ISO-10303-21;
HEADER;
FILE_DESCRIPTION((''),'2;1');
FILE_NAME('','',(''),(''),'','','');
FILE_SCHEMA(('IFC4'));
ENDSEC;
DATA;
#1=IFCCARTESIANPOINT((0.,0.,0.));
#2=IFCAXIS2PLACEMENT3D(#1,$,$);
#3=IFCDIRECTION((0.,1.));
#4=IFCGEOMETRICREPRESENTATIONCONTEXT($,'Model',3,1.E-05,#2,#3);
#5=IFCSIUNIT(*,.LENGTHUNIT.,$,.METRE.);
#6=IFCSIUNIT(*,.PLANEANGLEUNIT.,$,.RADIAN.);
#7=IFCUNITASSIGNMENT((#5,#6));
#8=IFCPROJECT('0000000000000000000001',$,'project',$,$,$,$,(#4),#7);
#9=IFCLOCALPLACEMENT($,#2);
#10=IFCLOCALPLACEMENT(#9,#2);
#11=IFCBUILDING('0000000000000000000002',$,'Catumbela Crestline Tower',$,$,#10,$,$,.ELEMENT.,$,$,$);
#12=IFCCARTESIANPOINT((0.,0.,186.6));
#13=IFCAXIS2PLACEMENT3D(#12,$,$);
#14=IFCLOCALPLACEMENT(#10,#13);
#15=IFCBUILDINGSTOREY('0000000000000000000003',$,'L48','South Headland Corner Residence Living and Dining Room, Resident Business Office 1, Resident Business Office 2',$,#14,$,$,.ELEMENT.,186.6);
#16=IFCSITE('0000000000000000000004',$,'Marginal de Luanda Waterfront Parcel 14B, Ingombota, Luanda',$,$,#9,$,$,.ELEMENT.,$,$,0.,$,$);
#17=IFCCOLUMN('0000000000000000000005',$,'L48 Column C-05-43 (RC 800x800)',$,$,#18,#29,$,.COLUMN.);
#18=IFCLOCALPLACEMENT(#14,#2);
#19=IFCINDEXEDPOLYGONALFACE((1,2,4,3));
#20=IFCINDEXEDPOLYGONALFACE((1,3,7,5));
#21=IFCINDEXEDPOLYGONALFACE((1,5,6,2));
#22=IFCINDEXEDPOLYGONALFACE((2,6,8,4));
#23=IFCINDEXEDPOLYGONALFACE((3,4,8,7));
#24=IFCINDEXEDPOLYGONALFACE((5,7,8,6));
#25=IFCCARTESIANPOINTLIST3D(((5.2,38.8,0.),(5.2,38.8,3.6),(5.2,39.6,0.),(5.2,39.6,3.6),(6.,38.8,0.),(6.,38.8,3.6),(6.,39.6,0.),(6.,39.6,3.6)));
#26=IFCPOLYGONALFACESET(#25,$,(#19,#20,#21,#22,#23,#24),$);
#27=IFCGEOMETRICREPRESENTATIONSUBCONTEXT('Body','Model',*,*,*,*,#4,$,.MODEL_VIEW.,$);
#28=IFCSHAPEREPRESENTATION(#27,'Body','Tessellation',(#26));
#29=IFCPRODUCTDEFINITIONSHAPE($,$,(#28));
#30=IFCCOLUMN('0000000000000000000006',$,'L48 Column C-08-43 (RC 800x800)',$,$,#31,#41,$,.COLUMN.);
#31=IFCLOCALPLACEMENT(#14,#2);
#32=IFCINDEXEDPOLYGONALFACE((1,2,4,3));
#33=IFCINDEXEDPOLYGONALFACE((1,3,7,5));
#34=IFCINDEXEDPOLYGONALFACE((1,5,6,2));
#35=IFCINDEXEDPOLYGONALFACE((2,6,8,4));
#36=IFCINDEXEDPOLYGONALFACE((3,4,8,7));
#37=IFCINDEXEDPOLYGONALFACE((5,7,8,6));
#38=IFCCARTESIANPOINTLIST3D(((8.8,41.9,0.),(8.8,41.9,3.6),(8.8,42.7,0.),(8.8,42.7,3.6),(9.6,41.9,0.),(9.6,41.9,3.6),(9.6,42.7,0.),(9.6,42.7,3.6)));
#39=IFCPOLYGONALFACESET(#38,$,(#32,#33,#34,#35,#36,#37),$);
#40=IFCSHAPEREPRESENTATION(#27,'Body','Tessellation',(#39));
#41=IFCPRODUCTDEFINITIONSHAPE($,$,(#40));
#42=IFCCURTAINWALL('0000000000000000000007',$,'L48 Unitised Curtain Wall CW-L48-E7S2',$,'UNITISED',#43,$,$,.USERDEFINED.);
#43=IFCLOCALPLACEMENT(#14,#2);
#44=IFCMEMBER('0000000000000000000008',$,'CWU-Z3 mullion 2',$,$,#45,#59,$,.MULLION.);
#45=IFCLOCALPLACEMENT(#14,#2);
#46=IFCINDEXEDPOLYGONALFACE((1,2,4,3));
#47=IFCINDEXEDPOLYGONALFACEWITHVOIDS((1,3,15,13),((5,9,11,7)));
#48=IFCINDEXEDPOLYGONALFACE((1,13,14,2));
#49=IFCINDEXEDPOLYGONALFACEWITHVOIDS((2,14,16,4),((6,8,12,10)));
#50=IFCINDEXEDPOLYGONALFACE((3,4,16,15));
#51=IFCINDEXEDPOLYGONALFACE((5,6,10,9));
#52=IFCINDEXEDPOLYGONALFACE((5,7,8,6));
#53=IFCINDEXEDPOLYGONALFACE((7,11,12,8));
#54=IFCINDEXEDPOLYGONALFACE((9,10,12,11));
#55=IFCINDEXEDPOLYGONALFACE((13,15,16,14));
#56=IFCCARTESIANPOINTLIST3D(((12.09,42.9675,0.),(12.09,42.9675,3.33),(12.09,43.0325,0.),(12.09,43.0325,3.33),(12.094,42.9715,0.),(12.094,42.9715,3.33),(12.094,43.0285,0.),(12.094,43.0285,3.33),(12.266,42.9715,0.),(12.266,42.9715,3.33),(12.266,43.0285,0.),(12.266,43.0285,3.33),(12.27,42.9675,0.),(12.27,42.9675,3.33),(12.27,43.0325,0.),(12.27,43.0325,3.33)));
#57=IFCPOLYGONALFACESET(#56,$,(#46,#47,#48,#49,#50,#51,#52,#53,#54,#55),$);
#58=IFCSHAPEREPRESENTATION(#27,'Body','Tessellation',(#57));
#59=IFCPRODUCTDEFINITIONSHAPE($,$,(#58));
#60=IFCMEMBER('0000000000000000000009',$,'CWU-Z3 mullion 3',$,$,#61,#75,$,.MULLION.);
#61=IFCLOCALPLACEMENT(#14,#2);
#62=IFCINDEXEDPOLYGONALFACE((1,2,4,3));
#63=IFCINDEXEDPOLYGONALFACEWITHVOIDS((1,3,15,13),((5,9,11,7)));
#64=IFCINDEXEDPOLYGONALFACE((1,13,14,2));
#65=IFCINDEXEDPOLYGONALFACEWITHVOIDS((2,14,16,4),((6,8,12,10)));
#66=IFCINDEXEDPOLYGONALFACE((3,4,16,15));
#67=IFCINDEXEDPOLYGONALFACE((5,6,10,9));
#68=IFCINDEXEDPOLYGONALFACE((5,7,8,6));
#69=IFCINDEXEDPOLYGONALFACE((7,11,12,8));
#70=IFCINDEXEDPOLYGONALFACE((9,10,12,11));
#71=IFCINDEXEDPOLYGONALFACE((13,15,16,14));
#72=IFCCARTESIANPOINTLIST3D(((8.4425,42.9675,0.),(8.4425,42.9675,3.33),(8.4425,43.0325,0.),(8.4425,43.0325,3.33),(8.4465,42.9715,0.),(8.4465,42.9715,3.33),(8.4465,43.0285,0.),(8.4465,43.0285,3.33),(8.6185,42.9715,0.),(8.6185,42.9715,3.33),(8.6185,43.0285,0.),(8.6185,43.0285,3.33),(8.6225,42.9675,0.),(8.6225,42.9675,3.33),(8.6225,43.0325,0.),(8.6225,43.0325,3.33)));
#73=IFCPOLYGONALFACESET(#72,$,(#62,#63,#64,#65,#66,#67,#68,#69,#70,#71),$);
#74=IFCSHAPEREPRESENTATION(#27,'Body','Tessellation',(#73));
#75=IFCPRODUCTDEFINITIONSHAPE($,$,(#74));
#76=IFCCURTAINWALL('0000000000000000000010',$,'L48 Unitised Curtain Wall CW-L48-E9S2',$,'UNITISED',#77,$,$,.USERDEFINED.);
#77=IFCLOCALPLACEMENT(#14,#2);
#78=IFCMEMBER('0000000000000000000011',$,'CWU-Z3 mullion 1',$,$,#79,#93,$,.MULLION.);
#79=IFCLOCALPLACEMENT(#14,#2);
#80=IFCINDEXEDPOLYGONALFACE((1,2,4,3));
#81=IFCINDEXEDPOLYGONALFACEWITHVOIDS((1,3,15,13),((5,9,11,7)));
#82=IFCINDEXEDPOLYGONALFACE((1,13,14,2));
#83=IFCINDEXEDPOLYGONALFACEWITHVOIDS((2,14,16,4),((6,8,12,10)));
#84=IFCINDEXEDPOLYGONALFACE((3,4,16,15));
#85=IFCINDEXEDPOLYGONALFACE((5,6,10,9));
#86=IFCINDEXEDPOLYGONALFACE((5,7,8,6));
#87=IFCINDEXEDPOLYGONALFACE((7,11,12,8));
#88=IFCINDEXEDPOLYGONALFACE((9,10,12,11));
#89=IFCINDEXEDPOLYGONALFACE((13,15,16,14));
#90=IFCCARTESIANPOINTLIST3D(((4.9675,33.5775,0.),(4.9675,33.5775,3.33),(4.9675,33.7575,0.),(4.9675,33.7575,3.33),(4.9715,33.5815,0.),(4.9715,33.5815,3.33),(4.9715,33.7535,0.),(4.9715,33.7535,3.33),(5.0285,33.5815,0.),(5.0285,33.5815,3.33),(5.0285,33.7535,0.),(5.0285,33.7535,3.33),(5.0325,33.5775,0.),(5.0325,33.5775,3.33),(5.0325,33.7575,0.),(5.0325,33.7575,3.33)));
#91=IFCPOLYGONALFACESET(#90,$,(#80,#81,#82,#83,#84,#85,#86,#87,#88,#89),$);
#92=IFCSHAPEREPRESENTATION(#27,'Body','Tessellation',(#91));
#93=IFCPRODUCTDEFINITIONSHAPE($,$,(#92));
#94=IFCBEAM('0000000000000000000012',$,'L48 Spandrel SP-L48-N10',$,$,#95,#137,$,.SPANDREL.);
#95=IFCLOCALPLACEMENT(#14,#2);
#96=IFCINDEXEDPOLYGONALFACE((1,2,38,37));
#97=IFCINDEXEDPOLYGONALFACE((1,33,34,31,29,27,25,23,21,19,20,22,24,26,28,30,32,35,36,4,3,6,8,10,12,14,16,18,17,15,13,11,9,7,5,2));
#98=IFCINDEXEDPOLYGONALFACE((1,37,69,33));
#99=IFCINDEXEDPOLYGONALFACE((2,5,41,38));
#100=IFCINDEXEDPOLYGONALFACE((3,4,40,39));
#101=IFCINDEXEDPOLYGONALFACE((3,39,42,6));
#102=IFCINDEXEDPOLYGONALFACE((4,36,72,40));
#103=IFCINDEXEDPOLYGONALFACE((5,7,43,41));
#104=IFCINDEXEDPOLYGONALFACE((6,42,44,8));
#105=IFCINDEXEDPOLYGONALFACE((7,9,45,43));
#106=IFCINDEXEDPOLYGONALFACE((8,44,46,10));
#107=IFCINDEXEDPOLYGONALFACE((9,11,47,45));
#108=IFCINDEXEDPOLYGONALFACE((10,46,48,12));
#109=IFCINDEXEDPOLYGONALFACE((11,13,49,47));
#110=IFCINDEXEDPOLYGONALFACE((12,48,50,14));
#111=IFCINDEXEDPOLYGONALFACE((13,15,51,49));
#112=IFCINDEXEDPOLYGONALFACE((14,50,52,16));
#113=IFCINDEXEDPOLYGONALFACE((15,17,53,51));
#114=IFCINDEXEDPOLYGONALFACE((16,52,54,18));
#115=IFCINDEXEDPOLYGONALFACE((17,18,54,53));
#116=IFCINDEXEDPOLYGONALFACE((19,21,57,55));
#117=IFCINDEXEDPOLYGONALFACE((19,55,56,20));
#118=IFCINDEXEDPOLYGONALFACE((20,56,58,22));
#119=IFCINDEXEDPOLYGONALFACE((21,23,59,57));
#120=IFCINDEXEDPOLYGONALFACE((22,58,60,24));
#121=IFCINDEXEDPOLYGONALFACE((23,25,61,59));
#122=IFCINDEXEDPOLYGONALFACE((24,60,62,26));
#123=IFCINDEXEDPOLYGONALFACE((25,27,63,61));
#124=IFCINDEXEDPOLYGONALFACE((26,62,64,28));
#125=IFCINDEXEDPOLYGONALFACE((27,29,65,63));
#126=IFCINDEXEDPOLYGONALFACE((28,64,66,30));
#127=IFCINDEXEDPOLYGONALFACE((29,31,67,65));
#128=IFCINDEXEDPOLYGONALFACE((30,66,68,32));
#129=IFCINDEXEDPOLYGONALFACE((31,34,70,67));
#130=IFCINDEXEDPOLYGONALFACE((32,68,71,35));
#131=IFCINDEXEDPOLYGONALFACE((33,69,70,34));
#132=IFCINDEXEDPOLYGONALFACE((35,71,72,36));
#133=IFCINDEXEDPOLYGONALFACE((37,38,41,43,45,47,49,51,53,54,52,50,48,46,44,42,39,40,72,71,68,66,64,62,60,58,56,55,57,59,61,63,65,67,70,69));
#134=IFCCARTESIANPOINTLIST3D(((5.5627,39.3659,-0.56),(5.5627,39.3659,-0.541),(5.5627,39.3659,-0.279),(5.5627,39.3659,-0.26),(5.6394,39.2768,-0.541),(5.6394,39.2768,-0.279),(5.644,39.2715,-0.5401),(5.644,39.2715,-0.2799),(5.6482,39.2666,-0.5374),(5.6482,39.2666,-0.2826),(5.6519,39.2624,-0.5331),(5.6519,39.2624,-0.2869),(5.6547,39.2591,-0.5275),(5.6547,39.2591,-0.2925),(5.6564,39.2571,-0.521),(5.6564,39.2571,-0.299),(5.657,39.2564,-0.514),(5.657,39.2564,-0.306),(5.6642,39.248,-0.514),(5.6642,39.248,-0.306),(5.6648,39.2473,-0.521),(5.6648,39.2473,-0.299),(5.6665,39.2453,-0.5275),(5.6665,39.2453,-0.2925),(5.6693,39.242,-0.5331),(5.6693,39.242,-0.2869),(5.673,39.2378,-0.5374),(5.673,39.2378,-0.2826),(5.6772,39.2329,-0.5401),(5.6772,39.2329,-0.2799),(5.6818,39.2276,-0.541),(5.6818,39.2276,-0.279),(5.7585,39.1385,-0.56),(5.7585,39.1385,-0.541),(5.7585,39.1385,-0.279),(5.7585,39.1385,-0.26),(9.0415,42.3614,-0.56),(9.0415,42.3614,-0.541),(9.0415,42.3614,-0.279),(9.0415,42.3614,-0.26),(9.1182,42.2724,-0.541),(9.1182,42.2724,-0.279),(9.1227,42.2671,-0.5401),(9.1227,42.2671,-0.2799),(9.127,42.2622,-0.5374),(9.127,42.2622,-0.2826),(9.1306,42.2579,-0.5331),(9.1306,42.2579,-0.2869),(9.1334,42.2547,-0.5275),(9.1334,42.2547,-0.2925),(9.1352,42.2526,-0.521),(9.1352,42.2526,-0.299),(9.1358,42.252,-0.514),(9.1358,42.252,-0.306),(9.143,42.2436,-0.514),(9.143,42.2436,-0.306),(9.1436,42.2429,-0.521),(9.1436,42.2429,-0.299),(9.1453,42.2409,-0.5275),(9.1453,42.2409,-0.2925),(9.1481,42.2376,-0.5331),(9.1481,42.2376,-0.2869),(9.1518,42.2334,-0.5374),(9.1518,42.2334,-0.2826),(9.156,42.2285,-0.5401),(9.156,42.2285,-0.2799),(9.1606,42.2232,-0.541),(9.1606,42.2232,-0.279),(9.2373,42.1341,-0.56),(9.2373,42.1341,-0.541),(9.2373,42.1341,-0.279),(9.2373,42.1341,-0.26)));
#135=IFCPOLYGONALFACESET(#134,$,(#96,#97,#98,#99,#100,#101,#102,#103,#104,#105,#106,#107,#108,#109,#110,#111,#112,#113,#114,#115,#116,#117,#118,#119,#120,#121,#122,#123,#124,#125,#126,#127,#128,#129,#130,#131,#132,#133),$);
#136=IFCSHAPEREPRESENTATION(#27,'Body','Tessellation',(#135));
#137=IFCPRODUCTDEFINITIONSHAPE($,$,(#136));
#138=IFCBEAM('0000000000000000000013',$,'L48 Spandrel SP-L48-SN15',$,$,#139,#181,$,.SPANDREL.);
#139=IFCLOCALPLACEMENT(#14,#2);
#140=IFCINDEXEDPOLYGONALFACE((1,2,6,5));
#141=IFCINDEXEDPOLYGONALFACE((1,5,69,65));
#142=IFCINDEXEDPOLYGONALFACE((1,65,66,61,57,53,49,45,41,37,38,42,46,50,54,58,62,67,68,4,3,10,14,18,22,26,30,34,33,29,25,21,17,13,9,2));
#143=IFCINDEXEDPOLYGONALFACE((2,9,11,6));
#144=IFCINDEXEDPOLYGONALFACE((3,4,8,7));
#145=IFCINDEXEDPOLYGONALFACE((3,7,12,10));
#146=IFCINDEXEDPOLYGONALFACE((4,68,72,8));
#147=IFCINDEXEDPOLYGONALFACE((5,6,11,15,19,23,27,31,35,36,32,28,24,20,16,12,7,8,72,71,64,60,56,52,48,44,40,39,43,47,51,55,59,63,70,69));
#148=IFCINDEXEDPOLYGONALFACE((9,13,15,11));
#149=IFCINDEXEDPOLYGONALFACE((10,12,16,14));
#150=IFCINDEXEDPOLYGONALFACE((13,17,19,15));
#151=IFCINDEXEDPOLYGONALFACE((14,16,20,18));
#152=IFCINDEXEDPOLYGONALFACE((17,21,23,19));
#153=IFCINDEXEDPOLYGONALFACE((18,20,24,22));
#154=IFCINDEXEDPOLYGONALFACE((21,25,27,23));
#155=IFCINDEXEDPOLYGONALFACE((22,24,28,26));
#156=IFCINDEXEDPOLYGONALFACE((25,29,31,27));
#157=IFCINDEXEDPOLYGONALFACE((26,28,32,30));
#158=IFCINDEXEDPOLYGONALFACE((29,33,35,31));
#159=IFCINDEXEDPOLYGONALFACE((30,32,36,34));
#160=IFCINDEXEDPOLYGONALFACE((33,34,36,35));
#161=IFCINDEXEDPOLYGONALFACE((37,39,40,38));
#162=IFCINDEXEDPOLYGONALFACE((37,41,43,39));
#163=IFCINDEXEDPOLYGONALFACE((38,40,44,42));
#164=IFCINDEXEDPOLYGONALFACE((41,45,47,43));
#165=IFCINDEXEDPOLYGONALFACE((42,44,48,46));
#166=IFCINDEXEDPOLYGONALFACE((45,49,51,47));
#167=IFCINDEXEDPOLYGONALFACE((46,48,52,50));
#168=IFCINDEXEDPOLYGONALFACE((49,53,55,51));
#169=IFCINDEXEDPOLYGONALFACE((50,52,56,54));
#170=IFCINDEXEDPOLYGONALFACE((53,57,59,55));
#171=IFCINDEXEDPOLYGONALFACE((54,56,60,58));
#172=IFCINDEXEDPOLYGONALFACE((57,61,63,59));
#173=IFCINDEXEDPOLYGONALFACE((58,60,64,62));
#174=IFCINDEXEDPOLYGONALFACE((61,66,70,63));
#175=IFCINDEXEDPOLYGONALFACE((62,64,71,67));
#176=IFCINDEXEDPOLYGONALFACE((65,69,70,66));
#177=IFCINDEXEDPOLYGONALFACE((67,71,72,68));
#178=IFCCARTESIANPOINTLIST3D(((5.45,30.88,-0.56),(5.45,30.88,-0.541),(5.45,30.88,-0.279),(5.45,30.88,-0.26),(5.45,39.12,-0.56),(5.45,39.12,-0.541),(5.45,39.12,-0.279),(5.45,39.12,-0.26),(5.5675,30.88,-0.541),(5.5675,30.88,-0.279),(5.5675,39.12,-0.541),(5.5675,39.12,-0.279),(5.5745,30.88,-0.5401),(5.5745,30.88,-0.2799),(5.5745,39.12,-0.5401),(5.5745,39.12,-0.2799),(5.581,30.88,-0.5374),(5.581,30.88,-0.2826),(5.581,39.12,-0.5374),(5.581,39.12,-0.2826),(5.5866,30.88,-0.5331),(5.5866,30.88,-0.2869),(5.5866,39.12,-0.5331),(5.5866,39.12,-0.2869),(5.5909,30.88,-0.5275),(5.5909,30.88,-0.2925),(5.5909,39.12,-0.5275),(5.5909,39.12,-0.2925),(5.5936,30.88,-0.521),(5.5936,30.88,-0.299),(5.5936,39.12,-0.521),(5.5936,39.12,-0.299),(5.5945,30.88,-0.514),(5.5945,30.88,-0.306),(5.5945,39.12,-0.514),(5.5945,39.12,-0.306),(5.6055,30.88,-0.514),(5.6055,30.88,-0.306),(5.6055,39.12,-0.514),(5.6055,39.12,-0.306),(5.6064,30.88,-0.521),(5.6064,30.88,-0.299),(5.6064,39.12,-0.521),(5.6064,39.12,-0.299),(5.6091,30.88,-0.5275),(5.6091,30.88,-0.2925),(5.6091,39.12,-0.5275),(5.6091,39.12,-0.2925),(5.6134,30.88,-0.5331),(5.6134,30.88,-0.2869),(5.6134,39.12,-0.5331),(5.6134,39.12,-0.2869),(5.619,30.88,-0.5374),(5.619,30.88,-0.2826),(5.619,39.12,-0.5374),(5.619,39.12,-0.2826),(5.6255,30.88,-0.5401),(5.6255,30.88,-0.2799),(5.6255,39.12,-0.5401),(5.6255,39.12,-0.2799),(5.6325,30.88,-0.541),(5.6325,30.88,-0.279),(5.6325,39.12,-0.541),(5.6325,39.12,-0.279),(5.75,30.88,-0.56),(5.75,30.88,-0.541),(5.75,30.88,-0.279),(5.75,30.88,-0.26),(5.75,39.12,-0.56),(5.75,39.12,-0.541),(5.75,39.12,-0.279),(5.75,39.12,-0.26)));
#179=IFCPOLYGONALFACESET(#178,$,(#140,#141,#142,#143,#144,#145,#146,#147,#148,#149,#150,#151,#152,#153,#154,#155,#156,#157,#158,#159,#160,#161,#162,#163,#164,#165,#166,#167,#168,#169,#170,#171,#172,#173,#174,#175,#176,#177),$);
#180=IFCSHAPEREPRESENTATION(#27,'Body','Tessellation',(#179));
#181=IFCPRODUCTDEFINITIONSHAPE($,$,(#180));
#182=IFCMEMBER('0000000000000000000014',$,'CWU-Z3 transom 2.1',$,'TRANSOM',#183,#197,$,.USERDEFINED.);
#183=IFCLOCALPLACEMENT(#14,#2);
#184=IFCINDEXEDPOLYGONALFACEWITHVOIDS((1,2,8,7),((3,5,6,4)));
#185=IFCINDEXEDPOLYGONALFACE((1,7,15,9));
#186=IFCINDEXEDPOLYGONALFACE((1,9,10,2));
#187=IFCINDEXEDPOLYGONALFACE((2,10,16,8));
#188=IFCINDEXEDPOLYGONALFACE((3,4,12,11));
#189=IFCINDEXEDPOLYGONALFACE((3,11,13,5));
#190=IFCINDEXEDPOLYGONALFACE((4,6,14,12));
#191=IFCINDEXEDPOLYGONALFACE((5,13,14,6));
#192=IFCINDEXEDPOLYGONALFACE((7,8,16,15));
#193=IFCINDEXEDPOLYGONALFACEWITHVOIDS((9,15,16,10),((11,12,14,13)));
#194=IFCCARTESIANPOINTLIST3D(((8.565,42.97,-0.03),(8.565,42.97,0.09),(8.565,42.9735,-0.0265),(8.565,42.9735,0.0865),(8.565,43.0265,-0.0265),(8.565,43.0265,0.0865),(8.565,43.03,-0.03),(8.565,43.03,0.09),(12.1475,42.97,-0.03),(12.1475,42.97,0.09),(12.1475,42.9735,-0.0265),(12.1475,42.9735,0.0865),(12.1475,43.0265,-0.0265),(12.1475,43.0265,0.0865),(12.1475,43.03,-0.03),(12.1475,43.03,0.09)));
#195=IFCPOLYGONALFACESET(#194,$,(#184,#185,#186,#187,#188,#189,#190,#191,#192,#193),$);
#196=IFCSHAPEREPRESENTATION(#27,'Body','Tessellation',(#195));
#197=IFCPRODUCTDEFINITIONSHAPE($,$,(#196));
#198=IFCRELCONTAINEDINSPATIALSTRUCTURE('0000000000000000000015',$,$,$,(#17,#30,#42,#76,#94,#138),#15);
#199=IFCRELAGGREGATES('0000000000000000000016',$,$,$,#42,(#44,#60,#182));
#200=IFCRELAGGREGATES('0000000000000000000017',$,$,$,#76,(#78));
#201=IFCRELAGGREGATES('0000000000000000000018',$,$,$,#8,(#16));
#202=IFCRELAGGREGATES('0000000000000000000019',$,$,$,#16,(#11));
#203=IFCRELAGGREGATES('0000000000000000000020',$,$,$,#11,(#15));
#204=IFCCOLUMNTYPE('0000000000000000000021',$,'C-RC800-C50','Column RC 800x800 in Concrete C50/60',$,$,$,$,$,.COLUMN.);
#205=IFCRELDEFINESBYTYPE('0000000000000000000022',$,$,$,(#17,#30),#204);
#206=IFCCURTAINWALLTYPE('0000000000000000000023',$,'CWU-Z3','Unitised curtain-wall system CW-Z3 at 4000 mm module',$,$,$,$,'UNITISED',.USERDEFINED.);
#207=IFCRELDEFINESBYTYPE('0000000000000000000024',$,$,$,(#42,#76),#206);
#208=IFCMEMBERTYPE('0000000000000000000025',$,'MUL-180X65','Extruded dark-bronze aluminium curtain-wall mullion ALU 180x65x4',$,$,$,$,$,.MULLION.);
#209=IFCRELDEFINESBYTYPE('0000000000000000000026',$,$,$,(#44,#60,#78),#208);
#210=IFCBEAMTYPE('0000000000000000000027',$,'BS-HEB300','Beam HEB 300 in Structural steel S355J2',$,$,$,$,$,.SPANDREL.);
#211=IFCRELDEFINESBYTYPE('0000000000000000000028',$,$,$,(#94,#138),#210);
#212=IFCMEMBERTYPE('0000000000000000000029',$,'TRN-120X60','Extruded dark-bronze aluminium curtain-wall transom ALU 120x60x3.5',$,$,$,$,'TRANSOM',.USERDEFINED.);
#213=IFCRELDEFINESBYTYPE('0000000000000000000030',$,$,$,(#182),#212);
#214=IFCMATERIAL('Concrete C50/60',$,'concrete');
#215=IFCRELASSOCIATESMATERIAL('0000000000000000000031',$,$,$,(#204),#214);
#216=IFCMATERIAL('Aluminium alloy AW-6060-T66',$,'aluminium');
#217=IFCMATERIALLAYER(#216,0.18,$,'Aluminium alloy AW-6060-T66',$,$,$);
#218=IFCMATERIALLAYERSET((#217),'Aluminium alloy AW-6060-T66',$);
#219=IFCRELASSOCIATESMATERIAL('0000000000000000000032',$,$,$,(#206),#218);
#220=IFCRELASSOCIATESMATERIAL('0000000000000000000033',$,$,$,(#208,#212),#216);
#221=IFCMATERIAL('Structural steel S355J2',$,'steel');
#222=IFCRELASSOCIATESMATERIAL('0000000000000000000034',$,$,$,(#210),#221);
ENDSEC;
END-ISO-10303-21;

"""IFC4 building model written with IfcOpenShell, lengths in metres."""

from ifc_helpers import new_model, si_unit, direction, frame, origin, origin_2d, place, context, subcontext, project, spatial, rectangle, hollow_rectangle, i_section, extrude, material, layer, layer_set, material_profile, profile_set, type_object, element, aggregate, save


model = new_model("IFC4")

# Units and contexts
model_context = context("Model", 3, precision=1e-05, world=origin(), true_north=direction((0.0, 1.0)))
body_context = subcontext(model_context, "Body", "Model", "MODEL_VIEW")
ifc_project = project(units=[si_unit("LENGTHUNIT", "METRE"), si_unit("PLANEANGLEUNIT", "RADIAN")], contexts=[model_context])

# Site, building, storey
site_placement = place(None, origin())
site = spatial("IfcSite", under=ifc_project, at=site_placement, Name="Marginal de Luanda Waterfront Parcel 14B, Ingombota, Luanda", CompositionType="ELEMENT", RefElevation=0.0)
building_placement = place(site_placement, origin())
building = spatial("IfcBuilding", under=site, at=building_placement, Name="Catumbela Crestline Tower", CompositionType="ELEMENT")
storey_placement = place(building_placement, frame((0.0, 0.0, 186.6)))
storey = spatial("IfcBuildingStorey", under=building, at=storey_placement, Name="L48", Description="South Headland Corner Residence Living and Dining Room, Resident Business Office 1, Resident Business Office 2", CompositionType="ELEMENT", Elevation=186.6)

# Columns
ifc_material_1 = material(Name="Concrete C50/60", Category="concrete")
ifc_material_profile_1 = material_profile(ifc_material_1, rectangle(XDim=0.8, YDim=0.8, at=origin_2d()), Name="RC 800x800")
ifc_profile_set_1 = profile_set([ifc_material_profile_1], Name="Concrete C50/60")
column_type = type_object("IfcColumnType", Name="C-RC800-C50", Description="Column RC 800x800 in Concrete C50/60", PredefinedType="COLUMN", material=ifc_profile_set_1)
for number, where, z_axis, x_axis, name in (
    (1, (5.6, 39.2, 0.0), (0.0, 0.0, 1.0), (1.0, 0.0, 0.0), "L48 Column C-05-43 (RC 800x800)"),
    (2, (9.2, 42.3, 0.0), (0.0, 0.0, 1.0), (1.0, 0.0, 0.0), "L48 Column C-08-43 (RC 800x800)"),
):
    element("IfcColumn", number, at=place(storey_placement, frame(where, z_axis=z_axis, x_axis=x_axis)), inside=storey, type_object=column_type, Name=name, PredefinedType="COLUMN", context=body_context, shape_type="SweptSolid", body=[
        extrude(rectangle(XDim=0.8, YDim=0.8, at=origin_2d()), origin(), (0.0, 0.0, 1.0), 3.6),
    ])

# Curtain wall, members
ifc_material_2 = material(Name="Aluminium alloy AW-6060-T66", Category="aluminium")
ifc_layer_1 = layer(ifc_material_2, 0.18, Name="Aluminium alloy AW-6060-T66")
ifc_layer_set_1 = layer_set([ifc_layer_1], Name="Aluminium alloy AW-6060-T66")
curtain_wall_type = type_object("IfcCurtainWallType", Name="CWU-Z3", Description="Unitised curtain-wall system CW-Z3 at 4000 mm module", ElementType="UNITISED", PredefinedType="USERDEFINED", material=ifc_layer_set_1)
curtain_wall_1_placement = place(storey_placement, origin())
curtain_wall_1 = element("IfcCurtainWall", 3, at=curtain_wall_1_placement, inside=storey, type_object=curtain_wall_type, Name="L48 Unitised Curtain Wall CW-L48-E7S2", ObjectType="UNITISED", PredefinedType="USERDEFINED")
ifc_material_profile_2 = material_profile(ifc_material_2, hollow_rectangle(XDim=0.065, YDim=0.18, WallThickness=0.004, at=origin_2d()), Name="ALU 180x65x4")
ifc_profile_set_2 = profile_set([ifc_material_profile_2], Name="Aluminium alloy AW-6060-T66")
member_type_1 = type_object("IfcMemberType", Name="MUL-180X65", Description="Extruded dark-bronze aluminium curtain-wall mullion ALU 180x65x4", PredefinedType="MULLION", material=ifc_profile_set_2)
member_1_placement = place(storey_placement, frame((12.18, 43.0, 0.0), z_axis=(0.0, 0.0, 1.0), x_axis=(0.0, -1.0, 0.0)))
member_1 = element("IfcMember", 4, at=member_1_placement, type_object=member_type_1, Name="CWU-Z3 mullion 2", PredefinedType="MULLION", context=body_context, shape_type="SweptSolid", body=[
    extrude(hollow_rectangle(XDim=0.065, YDim=0.18, WallThickness=0.004, at=origin_2d()), origin(), (0.0, 0.0, 1.0), 3.33),
])
member_2_placement = place(storey_placement, frame((8.5325, 43.0, 0.0), z_axis=(0.0, 0.0, 1.0), x_axis=(0.0, -1.0, 0.0)))
member_2 = element("IfcMember", 5, at=member_2_placement, type_object=member_type_1, Name="CWU-Z3 mullion 3", PredefinedType="MULLION", context=body_context, shape_type="SweptSolid", body=[
    extrude(hollow_rectangle(XDim=0.065, YDim=0.18, WallThickness=0.004, at=origin_2d()), origin(), (0.0, 0.0, 1.0), 3.33),
])

# Curtain wall, member
curtain_wall_2_placement = place(storey_placement, origin())
curtain_wall_2 = element("IfcCurtainWall", 6, at=curtain_wall_2_placement, inside=storey, type_object=curtain_wall_type, Name="L48 Unitised Curtain Wall CW-L48-E9S2", ObjectType="UNITISED", PredefinedType="USERDEFINED")
member_3_placement = place(storey_placement, frame((5.0, 33.6675, 0.0), z_axis=(0.0, 0.0, 1.0), x_axis=(1.0, 0.0, 0.0)))
member_3 = element("IfcMember", 7, at=member_3_placement, type_object=member_type_1, Name="CWU-Z3 mullion 1", PredefinedType="MULLION", context=body_context, shape_type="SweptSolid", body=[
    extrude(hollow_rectangle(XDim=0.065, YDim=0.18, WallThickness=0.004, at=origin_2d()), origin(), (0.0, 0.0, 1.0), 3.33),
])

# Beams
ifc_material_3 = material(Name="Structural steel S355J2", Category="steel")
ifc_material_profile_3 = material_profile(ifc_material_3, i_section(OverallWidth=0.3, OverallDepth=0.3, WebThickness=0.011, FlangeThickness=0.019, FilletRadius=0.027, at=origin_2d()), Name="HEB 300")
ifc_profile_set_3 = profile_set([ifc_material_profile_3], Name="Structural steel S355J2")
beam_type = type_object("IfcBeamType", Name="BS-HEB300", Description="Beam HEB 300 in Structural steel S355J2", PredefinedType="SPANDREL", material=ifc_profile_set_3)
beam_1_placement = place(storey_placement, frame((5.6606, 39.2522, -0.41), z_axis=(0.757772, 0.652519, 0.0), x_axis=(-0.652519, 0.757772, 0.0)))
element("IfcBeam", 8, at=beam_1_placement, inside=storey, type_object=beam_type, Name="L48 Spandrel SP-L48-N10", PredefinedType="SPANDREL", context=body_context, shape_type="SweptSolid", body=[
    extrude(i_section(OverallWidth=0.3, OverallDepth=0.3, WebThickness=0.011, FlangeThickness=0.019, FilletRadius=0.027, at=origin_2d()), origin(), (0.0, 0.0, 1.0), 4.5908),
])
beam_2_placement = place(storey_placement, frame((5.6, 30.88, -0.41), z_axis=(0.0, 1.0, 0.0), x_axis=(-1.0, 0.0, 0.0)))
element("IfcBeam", 9, at=beam_2_placement, inside=storey, type_object=beam_type, Name="L48 Spandrel SP-L48-SN15", PredefinedType="SPANDREL", context=body_context, shape_type="SweptSolid", body=[
    extrude(i_section(OverallWidth=0.3, OverallDepth=0.3, WebThickness=0.011, FlangeThickness=0.019, FilletRadius=0.027, at=origin_2d()), origin(), (0.0, 0.0, 1.0), 8.24),
])

# Member
ifc_material_profile_4 = material_profile(ifc_material_2, hollow_rectangle(XDim=0.06, YDim=0.12, WallThickness=0.0035, at=origin_2d()), Name="ALU 120x60x3.5")
ifc_profile_set_4 = profile_set([ifc_material_profile_4], Name="Aluminium alloy AW-6060-T66")
member_type_2 = type_object("IfcMemberType", Name="TRN-120X60", Description="Extruded dark-bronze aluminium curtain-wall transom ALU 120x60x3.5", ElementType="TRANSOM", PredefinedType="USERDEFINED", material=ifc_profile_set_4)
member_4_placement = place(storey_placement, frame((12.1475, 43.0, 0.03), z_axis=(-1.0, 0.0, 0.0), x_axis=(0.0, -1.0, 0.0)))
member_4 = element("IfcMember", 10, at=member_4_placement, type_object=member_type_2, Name="CWU-Z3 transom 2.1", ObjectType="TRANSOM", PredefinedType="USERDEFINED", context=body_context, shape_type="SweptSolid", body=[
    extrude(hollow_rectangle(XDim=0.06, YDim=0.12, WallThickness=0.0035, at=origin_2d()), origin(), (0.0, 0.0, 1.0), 3.5825),
])

aggregate(curtain_wall_1, [member_1, member_2, member_4])
aggregate(curtain_wall_2, [member_3])

save(model, "model.ifc")
